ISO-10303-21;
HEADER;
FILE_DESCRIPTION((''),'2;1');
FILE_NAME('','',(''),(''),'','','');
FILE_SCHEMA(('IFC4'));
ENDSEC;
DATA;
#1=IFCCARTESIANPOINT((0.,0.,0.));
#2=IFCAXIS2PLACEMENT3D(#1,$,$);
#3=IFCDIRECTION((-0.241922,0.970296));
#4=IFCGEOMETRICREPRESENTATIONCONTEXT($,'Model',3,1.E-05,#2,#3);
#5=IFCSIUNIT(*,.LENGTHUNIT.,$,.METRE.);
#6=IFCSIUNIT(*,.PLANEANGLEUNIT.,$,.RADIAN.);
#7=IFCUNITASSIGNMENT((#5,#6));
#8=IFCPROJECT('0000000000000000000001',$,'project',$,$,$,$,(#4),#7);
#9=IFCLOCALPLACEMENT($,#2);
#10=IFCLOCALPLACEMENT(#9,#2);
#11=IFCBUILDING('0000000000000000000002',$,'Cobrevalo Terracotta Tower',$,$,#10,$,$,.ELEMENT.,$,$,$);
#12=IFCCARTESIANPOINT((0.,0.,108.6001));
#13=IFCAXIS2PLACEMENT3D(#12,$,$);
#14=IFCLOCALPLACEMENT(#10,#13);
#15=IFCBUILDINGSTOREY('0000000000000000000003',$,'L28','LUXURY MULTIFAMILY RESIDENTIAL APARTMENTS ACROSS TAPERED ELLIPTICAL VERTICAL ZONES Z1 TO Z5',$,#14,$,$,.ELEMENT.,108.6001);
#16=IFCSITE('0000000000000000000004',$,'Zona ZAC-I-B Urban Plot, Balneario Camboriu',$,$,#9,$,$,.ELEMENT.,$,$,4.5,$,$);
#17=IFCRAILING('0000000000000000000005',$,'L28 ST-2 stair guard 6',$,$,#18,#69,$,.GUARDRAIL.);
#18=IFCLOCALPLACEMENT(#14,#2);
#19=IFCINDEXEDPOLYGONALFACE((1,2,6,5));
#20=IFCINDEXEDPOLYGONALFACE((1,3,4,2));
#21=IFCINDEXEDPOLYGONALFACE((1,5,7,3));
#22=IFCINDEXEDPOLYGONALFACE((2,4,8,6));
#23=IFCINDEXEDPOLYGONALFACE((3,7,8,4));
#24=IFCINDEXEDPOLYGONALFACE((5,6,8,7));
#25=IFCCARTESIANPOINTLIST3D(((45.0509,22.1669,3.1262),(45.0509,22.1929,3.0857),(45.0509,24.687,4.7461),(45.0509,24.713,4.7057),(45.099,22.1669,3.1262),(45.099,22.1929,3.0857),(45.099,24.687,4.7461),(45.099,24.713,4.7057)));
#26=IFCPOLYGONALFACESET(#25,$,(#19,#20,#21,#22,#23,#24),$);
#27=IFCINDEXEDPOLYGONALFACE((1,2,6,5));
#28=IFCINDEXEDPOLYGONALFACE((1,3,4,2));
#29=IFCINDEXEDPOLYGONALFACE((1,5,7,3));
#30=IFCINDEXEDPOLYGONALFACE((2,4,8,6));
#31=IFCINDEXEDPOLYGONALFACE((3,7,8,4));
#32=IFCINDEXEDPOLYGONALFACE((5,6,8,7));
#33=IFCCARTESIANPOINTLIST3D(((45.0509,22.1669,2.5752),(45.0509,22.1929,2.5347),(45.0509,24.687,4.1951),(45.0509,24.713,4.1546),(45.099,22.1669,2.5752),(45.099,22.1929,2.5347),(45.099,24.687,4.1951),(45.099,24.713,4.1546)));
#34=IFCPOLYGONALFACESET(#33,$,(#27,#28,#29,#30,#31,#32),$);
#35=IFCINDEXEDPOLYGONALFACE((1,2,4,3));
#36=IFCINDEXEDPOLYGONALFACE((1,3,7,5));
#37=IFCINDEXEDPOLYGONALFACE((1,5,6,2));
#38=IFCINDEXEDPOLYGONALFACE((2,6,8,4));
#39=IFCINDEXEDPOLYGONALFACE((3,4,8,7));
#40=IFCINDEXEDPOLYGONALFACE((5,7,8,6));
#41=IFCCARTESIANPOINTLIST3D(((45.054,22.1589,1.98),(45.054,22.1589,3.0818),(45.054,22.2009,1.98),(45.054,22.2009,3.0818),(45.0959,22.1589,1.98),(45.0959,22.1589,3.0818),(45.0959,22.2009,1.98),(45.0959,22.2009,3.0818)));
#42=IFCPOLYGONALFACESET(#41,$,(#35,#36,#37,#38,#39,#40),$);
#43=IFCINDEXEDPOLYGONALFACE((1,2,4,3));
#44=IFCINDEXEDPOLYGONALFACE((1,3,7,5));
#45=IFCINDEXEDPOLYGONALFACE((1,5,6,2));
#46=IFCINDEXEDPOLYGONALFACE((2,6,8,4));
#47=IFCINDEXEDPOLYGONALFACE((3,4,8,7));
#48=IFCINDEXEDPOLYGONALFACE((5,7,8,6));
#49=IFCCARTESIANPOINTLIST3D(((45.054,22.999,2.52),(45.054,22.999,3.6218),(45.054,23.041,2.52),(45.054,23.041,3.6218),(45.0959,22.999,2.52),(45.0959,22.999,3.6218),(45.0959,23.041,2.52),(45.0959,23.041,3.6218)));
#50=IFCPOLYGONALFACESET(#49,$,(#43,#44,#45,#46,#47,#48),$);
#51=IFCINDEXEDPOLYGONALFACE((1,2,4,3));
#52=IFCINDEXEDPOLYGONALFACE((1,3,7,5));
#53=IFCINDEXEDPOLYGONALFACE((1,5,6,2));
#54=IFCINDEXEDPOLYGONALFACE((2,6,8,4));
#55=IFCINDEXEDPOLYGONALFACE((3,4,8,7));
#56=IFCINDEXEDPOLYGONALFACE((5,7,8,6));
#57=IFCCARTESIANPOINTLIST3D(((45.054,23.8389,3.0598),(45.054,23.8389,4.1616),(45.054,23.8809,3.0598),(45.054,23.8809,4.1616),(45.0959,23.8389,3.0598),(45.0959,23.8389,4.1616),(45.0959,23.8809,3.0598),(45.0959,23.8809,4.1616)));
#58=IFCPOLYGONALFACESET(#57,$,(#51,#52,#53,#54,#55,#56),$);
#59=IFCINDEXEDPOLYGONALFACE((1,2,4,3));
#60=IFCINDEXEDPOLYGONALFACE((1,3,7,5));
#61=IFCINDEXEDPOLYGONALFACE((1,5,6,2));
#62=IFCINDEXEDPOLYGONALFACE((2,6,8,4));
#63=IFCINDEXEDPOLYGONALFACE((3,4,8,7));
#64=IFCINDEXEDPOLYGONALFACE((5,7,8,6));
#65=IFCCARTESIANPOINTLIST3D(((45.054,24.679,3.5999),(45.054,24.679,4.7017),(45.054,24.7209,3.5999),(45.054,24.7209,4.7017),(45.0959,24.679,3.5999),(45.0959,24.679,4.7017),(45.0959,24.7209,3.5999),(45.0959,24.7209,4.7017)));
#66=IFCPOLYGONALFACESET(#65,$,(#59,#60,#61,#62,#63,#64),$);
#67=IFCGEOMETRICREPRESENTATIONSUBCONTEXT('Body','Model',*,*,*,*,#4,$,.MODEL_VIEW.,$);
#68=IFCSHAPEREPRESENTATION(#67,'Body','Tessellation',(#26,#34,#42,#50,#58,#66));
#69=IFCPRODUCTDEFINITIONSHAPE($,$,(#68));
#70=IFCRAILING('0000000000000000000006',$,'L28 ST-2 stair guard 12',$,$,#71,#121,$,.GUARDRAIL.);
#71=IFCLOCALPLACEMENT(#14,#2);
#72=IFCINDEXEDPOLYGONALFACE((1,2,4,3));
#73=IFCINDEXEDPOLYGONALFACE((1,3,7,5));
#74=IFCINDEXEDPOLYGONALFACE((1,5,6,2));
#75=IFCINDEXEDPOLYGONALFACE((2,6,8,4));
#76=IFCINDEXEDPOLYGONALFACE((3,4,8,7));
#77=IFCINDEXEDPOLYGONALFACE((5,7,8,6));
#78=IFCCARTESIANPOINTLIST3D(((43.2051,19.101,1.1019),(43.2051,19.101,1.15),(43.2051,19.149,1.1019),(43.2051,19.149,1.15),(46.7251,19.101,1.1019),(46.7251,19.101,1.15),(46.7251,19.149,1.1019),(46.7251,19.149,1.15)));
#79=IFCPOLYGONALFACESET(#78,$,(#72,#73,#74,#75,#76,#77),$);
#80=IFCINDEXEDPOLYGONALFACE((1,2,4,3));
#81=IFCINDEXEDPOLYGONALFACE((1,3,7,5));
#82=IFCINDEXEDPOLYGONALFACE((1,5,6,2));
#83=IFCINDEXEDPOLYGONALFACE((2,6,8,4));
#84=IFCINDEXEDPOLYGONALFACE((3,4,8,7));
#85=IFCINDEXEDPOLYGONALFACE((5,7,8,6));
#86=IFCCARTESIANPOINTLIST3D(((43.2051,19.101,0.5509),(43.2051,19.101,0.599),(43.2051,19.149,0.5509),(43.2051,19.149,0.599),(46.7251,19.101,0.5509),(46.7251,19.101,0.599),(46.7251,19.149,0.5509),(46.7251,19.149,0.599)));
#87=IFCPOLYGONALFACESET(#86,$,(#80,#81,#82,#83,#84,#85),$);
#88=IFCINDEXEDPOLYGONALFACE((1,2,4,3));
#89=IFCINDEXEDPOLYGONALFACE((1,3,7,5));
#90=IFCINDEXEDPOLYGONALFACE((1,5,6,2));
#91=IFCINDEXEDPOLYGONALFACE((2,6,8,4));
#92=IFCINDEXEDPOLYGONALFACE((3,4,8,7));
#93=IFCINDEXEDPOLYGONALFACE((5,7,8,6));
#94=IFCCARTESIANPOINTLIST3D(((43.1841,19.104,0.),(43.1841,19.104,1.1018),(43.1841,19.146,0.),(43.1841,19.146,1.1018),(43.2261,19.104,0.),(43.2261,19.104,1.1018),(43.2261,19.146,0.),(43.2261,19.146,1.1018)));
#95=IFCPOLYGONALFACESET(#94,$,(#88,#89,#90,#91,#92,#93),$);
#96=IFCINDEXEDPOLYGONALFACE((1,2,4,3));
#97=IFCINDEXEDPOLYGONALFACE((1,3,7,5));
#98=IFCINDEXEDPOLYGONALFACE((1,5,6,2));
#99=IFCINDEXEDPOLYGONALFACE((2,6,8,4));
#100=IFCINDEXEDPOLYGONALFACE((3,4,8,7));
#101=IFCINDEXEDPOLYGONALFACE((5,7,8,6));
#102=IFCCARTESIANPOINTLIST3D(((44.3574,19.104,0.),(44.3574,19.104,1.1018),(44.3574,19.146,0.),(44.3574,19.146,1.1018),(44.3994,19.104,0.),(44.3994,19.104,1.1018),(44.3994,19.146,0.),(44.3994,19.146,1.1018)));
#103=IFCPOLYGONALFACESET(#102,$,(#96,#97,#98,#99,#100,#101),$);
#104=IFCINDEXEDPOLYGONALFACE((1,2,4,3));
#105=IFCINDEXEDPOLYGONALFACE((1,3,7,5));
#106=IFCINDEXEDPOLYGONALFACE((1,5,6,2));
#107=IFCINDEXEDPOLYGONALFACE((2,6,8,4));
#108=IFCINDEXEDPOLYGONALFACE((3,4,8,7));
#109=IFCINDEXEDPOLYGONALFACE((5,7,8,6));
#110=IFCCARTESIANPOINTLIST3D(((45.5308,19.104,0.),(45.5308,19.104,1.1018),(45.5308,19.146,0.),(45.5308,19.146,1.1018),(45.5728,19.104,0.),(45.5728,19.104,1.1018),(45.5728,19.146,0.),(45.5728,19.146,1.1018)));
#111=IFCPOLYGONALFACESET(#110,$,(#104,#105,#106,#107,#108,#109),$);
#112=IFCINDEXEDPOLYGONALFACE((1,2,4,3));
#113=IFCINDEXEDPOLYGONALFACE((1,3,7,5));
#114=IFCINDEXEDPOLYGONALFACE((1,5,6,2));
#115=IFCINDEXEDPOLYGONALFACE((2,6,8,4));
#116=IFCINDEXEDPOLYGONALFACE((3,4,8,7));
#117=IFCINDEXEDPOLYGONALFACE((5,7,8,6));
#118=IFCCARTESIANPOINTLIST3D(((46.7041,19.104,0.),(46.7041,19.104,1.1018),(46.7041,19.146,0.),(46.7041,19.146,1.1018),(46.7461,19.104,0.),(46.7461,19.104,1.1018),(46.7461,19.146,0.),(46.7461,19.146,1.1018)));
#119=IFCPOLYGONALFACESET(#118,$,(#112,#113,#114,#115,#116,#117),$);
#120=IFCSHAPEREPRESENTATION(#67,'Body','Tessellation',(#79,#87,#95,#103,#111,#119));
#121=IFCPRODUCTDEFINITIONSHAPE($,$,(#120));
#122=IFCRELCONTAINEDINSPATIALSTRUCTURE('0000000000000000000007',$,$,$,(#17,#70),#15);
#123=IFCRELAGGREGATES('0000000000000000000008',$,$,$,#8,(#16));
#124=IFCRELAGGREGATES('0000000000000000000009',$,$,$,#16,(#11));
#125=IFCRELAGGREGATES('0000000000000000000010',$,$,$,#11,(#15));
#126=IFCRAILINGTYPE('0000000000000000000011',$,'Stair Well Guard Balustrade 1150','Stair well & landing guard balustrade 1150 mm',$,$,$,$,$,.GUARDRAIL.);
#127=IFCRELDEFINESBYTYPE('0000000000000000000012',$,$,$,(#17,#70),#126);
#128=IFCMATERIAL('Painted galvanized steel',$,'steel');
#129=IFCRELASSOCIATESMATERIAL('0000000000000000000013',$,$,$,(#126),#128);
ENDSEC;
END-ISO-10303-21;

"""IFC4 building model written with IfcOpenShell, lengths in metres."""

from ifc_helpers import new_model, si_unit, direction, frame, origin, origin_2d, place, context, subcontext, project, spatial, rectangle, extrude, material, type_object, element, save


model = new_model("IFC4")

# Units and contexts
model_context = context("Model", 3, precision=1e-05, world=origin(), true_north=direction((-0.241922, 0.970296)))
body_context = subcontext(model_context, "Body", "Model", "MODEL_VIEW")
ifc_project = project(units=[si_unit("LENGTHUNIT", "METRE"), si_unit("PLANEANGLEUNIT", "RADIAN")], contexts=[model_context])

# Site, building, storey
site_placement = place(None, origin())
site = spatial("IfcSite", under=ifc_project, at=site_placement, Name="Zona ZAC-I-B Urban Plot, Balneario Camboriu", CompositionType="ELEMENT", RefElevation=4.5)
building_placement = place(site_placement, origin())
building = spatial("IfcBuilding", under=site, at=building_placement, Name="Cobrevalo Terracotta Tower", CompositionType="ELEMENT")
storey_placement = place(building_placement, frame((0.0, 0.0, 108.6001)))
storey = spatial("IfcBuildingStorey", under=building, at=storey_placement, Name="L28", Description="LUXURY MULTIFAMILY RESIDENTIAL APARTMENTS ACROSS TAPERED ELLIPTICAL VERTICAL ZONES Z1 TO Z5", CompositionType="ELEMENT", Elevation=108.6001)

# Railings
ifc_material_1 = material(Name="Painted galvanized steel", Category="steel")
railing_type_1 = type_object("IfcRailingType", Name="Stair Well Guard Balustrade 1150", Description="Stair well & landing guard balustrade 1150 mm", PredefinedType="GUARDRAIL", material=ifc_material_1)
railing_1_placement = place(storey_placement, frame((45.075, 22.1799, 1.98)))
element("IfcRailing", 1, at=railing_1_placement, inside=storey, type_object=railing_type_1, Name="L28 ST-2 stair guard 6", PredefinedType="GUARDRAIL", context=body_context, shape_type="SweptSolid", body=[
    extrude(rectangle(XDim=0.0481, YDim=0.0481, at=origin_2d()), frame((0.0, 0.0, 1.126), z_axis=(0.0, 0.8412, 0.540725), x_axis=(-1.0, 0.0, 0.0)), (0.0, 0.0, 1.0), 2.9958),
    extrude(rectangle(XDim=0.0481, YDim=0.0481, at=origin_2d()), frame((0.0, 0.0, 0.575), z_axis=(0.0, 0.8412, 0.540725), x_axis=(-1.0, 0.0, 0.0)), (0.0, 0.0, 1.0), 2.9958),
    extrude(rectangle(XDim=0.042, YDim=0.042, at=origin_2d()), origin(), (0.0, 0.0, 1.0), 1.1018),
    extrude(rectangle(XDim=0.042, YDim=0.042, at=origin_2d()), frame((0.0, 0.8401, 0.54)), (0.0, 0.0, 1.0), 1.1018),
    extrude(rectangle(XDim=0.042, YDim=0.042, at=origin_2d()), frame((0.0, 1.6799, 1.0798)), (0.0, 0.0, 1.0), 1.1018),
    extrude(rectangle(XDim=0.042, YDim=0.042, at=origin_2d()), frame((0.0, 2.52, 1.6199)), (0.0, 0.0, 1.0), 1.1018),
])
railing_2_placement = place(storey_placement, frame((43.2051, 19.125, 0.0)))
element("IfcRailing", 2, at=railing_2_placement, inside=storey, type_object=railing_type_1, Name="L28 ST-2 stair guard 12", PredefinedType="GUARDRAIL", context=body_context, shape_type="SweptSolid", body=[
    extrude(rectangle(XDim=0.0481, YDim=0.0481, at=origin_2d()), frame((0.0, 0.0, 1.126), z_axis=(1.0, 0.0, 0.0), x_axis=(0.0, 1.0, 0.0)), (0.0, 0.0, 1.0), 3.52),
    extrude(rectangle(XDim=0.0481, YDim=0.0481, at=origin_2d()), frame((0.0, 0.0, 0.575), z_axis=(1.0, 0.0, 0.0), x_axis=(0.0, 1.0, 0.0)), (0.0, 0.0, 1.0), 3.52),
    extrude(rectangle(XDim=0.042, YDim=0.042, at=origin_2d()), origin(), (0.0, 0.0, 1.0), 1.1018),
    extrude(rectangle(XDim=0.042, YDim=0.042, at=origin_2d()), frame((1.1733, 0.0, 0.0)), (0.0, 0.0, 1.0), 1.1018),
    extrude(rectangle(XDim=0.042, YDim=0.042, at=origin_2d()), frame((2.3467, 0.0, 0.0)), (0.0, 0.0, 1.0), 1.1018),
    extrude(rectangle(XDim=0.042, YDim=0.042, at=origin_2d()), frame((3.52, 0.0, 0.0)), (0.0, 0.0, 1.0), 1.1018),
])

save(model, "model.ifc")
